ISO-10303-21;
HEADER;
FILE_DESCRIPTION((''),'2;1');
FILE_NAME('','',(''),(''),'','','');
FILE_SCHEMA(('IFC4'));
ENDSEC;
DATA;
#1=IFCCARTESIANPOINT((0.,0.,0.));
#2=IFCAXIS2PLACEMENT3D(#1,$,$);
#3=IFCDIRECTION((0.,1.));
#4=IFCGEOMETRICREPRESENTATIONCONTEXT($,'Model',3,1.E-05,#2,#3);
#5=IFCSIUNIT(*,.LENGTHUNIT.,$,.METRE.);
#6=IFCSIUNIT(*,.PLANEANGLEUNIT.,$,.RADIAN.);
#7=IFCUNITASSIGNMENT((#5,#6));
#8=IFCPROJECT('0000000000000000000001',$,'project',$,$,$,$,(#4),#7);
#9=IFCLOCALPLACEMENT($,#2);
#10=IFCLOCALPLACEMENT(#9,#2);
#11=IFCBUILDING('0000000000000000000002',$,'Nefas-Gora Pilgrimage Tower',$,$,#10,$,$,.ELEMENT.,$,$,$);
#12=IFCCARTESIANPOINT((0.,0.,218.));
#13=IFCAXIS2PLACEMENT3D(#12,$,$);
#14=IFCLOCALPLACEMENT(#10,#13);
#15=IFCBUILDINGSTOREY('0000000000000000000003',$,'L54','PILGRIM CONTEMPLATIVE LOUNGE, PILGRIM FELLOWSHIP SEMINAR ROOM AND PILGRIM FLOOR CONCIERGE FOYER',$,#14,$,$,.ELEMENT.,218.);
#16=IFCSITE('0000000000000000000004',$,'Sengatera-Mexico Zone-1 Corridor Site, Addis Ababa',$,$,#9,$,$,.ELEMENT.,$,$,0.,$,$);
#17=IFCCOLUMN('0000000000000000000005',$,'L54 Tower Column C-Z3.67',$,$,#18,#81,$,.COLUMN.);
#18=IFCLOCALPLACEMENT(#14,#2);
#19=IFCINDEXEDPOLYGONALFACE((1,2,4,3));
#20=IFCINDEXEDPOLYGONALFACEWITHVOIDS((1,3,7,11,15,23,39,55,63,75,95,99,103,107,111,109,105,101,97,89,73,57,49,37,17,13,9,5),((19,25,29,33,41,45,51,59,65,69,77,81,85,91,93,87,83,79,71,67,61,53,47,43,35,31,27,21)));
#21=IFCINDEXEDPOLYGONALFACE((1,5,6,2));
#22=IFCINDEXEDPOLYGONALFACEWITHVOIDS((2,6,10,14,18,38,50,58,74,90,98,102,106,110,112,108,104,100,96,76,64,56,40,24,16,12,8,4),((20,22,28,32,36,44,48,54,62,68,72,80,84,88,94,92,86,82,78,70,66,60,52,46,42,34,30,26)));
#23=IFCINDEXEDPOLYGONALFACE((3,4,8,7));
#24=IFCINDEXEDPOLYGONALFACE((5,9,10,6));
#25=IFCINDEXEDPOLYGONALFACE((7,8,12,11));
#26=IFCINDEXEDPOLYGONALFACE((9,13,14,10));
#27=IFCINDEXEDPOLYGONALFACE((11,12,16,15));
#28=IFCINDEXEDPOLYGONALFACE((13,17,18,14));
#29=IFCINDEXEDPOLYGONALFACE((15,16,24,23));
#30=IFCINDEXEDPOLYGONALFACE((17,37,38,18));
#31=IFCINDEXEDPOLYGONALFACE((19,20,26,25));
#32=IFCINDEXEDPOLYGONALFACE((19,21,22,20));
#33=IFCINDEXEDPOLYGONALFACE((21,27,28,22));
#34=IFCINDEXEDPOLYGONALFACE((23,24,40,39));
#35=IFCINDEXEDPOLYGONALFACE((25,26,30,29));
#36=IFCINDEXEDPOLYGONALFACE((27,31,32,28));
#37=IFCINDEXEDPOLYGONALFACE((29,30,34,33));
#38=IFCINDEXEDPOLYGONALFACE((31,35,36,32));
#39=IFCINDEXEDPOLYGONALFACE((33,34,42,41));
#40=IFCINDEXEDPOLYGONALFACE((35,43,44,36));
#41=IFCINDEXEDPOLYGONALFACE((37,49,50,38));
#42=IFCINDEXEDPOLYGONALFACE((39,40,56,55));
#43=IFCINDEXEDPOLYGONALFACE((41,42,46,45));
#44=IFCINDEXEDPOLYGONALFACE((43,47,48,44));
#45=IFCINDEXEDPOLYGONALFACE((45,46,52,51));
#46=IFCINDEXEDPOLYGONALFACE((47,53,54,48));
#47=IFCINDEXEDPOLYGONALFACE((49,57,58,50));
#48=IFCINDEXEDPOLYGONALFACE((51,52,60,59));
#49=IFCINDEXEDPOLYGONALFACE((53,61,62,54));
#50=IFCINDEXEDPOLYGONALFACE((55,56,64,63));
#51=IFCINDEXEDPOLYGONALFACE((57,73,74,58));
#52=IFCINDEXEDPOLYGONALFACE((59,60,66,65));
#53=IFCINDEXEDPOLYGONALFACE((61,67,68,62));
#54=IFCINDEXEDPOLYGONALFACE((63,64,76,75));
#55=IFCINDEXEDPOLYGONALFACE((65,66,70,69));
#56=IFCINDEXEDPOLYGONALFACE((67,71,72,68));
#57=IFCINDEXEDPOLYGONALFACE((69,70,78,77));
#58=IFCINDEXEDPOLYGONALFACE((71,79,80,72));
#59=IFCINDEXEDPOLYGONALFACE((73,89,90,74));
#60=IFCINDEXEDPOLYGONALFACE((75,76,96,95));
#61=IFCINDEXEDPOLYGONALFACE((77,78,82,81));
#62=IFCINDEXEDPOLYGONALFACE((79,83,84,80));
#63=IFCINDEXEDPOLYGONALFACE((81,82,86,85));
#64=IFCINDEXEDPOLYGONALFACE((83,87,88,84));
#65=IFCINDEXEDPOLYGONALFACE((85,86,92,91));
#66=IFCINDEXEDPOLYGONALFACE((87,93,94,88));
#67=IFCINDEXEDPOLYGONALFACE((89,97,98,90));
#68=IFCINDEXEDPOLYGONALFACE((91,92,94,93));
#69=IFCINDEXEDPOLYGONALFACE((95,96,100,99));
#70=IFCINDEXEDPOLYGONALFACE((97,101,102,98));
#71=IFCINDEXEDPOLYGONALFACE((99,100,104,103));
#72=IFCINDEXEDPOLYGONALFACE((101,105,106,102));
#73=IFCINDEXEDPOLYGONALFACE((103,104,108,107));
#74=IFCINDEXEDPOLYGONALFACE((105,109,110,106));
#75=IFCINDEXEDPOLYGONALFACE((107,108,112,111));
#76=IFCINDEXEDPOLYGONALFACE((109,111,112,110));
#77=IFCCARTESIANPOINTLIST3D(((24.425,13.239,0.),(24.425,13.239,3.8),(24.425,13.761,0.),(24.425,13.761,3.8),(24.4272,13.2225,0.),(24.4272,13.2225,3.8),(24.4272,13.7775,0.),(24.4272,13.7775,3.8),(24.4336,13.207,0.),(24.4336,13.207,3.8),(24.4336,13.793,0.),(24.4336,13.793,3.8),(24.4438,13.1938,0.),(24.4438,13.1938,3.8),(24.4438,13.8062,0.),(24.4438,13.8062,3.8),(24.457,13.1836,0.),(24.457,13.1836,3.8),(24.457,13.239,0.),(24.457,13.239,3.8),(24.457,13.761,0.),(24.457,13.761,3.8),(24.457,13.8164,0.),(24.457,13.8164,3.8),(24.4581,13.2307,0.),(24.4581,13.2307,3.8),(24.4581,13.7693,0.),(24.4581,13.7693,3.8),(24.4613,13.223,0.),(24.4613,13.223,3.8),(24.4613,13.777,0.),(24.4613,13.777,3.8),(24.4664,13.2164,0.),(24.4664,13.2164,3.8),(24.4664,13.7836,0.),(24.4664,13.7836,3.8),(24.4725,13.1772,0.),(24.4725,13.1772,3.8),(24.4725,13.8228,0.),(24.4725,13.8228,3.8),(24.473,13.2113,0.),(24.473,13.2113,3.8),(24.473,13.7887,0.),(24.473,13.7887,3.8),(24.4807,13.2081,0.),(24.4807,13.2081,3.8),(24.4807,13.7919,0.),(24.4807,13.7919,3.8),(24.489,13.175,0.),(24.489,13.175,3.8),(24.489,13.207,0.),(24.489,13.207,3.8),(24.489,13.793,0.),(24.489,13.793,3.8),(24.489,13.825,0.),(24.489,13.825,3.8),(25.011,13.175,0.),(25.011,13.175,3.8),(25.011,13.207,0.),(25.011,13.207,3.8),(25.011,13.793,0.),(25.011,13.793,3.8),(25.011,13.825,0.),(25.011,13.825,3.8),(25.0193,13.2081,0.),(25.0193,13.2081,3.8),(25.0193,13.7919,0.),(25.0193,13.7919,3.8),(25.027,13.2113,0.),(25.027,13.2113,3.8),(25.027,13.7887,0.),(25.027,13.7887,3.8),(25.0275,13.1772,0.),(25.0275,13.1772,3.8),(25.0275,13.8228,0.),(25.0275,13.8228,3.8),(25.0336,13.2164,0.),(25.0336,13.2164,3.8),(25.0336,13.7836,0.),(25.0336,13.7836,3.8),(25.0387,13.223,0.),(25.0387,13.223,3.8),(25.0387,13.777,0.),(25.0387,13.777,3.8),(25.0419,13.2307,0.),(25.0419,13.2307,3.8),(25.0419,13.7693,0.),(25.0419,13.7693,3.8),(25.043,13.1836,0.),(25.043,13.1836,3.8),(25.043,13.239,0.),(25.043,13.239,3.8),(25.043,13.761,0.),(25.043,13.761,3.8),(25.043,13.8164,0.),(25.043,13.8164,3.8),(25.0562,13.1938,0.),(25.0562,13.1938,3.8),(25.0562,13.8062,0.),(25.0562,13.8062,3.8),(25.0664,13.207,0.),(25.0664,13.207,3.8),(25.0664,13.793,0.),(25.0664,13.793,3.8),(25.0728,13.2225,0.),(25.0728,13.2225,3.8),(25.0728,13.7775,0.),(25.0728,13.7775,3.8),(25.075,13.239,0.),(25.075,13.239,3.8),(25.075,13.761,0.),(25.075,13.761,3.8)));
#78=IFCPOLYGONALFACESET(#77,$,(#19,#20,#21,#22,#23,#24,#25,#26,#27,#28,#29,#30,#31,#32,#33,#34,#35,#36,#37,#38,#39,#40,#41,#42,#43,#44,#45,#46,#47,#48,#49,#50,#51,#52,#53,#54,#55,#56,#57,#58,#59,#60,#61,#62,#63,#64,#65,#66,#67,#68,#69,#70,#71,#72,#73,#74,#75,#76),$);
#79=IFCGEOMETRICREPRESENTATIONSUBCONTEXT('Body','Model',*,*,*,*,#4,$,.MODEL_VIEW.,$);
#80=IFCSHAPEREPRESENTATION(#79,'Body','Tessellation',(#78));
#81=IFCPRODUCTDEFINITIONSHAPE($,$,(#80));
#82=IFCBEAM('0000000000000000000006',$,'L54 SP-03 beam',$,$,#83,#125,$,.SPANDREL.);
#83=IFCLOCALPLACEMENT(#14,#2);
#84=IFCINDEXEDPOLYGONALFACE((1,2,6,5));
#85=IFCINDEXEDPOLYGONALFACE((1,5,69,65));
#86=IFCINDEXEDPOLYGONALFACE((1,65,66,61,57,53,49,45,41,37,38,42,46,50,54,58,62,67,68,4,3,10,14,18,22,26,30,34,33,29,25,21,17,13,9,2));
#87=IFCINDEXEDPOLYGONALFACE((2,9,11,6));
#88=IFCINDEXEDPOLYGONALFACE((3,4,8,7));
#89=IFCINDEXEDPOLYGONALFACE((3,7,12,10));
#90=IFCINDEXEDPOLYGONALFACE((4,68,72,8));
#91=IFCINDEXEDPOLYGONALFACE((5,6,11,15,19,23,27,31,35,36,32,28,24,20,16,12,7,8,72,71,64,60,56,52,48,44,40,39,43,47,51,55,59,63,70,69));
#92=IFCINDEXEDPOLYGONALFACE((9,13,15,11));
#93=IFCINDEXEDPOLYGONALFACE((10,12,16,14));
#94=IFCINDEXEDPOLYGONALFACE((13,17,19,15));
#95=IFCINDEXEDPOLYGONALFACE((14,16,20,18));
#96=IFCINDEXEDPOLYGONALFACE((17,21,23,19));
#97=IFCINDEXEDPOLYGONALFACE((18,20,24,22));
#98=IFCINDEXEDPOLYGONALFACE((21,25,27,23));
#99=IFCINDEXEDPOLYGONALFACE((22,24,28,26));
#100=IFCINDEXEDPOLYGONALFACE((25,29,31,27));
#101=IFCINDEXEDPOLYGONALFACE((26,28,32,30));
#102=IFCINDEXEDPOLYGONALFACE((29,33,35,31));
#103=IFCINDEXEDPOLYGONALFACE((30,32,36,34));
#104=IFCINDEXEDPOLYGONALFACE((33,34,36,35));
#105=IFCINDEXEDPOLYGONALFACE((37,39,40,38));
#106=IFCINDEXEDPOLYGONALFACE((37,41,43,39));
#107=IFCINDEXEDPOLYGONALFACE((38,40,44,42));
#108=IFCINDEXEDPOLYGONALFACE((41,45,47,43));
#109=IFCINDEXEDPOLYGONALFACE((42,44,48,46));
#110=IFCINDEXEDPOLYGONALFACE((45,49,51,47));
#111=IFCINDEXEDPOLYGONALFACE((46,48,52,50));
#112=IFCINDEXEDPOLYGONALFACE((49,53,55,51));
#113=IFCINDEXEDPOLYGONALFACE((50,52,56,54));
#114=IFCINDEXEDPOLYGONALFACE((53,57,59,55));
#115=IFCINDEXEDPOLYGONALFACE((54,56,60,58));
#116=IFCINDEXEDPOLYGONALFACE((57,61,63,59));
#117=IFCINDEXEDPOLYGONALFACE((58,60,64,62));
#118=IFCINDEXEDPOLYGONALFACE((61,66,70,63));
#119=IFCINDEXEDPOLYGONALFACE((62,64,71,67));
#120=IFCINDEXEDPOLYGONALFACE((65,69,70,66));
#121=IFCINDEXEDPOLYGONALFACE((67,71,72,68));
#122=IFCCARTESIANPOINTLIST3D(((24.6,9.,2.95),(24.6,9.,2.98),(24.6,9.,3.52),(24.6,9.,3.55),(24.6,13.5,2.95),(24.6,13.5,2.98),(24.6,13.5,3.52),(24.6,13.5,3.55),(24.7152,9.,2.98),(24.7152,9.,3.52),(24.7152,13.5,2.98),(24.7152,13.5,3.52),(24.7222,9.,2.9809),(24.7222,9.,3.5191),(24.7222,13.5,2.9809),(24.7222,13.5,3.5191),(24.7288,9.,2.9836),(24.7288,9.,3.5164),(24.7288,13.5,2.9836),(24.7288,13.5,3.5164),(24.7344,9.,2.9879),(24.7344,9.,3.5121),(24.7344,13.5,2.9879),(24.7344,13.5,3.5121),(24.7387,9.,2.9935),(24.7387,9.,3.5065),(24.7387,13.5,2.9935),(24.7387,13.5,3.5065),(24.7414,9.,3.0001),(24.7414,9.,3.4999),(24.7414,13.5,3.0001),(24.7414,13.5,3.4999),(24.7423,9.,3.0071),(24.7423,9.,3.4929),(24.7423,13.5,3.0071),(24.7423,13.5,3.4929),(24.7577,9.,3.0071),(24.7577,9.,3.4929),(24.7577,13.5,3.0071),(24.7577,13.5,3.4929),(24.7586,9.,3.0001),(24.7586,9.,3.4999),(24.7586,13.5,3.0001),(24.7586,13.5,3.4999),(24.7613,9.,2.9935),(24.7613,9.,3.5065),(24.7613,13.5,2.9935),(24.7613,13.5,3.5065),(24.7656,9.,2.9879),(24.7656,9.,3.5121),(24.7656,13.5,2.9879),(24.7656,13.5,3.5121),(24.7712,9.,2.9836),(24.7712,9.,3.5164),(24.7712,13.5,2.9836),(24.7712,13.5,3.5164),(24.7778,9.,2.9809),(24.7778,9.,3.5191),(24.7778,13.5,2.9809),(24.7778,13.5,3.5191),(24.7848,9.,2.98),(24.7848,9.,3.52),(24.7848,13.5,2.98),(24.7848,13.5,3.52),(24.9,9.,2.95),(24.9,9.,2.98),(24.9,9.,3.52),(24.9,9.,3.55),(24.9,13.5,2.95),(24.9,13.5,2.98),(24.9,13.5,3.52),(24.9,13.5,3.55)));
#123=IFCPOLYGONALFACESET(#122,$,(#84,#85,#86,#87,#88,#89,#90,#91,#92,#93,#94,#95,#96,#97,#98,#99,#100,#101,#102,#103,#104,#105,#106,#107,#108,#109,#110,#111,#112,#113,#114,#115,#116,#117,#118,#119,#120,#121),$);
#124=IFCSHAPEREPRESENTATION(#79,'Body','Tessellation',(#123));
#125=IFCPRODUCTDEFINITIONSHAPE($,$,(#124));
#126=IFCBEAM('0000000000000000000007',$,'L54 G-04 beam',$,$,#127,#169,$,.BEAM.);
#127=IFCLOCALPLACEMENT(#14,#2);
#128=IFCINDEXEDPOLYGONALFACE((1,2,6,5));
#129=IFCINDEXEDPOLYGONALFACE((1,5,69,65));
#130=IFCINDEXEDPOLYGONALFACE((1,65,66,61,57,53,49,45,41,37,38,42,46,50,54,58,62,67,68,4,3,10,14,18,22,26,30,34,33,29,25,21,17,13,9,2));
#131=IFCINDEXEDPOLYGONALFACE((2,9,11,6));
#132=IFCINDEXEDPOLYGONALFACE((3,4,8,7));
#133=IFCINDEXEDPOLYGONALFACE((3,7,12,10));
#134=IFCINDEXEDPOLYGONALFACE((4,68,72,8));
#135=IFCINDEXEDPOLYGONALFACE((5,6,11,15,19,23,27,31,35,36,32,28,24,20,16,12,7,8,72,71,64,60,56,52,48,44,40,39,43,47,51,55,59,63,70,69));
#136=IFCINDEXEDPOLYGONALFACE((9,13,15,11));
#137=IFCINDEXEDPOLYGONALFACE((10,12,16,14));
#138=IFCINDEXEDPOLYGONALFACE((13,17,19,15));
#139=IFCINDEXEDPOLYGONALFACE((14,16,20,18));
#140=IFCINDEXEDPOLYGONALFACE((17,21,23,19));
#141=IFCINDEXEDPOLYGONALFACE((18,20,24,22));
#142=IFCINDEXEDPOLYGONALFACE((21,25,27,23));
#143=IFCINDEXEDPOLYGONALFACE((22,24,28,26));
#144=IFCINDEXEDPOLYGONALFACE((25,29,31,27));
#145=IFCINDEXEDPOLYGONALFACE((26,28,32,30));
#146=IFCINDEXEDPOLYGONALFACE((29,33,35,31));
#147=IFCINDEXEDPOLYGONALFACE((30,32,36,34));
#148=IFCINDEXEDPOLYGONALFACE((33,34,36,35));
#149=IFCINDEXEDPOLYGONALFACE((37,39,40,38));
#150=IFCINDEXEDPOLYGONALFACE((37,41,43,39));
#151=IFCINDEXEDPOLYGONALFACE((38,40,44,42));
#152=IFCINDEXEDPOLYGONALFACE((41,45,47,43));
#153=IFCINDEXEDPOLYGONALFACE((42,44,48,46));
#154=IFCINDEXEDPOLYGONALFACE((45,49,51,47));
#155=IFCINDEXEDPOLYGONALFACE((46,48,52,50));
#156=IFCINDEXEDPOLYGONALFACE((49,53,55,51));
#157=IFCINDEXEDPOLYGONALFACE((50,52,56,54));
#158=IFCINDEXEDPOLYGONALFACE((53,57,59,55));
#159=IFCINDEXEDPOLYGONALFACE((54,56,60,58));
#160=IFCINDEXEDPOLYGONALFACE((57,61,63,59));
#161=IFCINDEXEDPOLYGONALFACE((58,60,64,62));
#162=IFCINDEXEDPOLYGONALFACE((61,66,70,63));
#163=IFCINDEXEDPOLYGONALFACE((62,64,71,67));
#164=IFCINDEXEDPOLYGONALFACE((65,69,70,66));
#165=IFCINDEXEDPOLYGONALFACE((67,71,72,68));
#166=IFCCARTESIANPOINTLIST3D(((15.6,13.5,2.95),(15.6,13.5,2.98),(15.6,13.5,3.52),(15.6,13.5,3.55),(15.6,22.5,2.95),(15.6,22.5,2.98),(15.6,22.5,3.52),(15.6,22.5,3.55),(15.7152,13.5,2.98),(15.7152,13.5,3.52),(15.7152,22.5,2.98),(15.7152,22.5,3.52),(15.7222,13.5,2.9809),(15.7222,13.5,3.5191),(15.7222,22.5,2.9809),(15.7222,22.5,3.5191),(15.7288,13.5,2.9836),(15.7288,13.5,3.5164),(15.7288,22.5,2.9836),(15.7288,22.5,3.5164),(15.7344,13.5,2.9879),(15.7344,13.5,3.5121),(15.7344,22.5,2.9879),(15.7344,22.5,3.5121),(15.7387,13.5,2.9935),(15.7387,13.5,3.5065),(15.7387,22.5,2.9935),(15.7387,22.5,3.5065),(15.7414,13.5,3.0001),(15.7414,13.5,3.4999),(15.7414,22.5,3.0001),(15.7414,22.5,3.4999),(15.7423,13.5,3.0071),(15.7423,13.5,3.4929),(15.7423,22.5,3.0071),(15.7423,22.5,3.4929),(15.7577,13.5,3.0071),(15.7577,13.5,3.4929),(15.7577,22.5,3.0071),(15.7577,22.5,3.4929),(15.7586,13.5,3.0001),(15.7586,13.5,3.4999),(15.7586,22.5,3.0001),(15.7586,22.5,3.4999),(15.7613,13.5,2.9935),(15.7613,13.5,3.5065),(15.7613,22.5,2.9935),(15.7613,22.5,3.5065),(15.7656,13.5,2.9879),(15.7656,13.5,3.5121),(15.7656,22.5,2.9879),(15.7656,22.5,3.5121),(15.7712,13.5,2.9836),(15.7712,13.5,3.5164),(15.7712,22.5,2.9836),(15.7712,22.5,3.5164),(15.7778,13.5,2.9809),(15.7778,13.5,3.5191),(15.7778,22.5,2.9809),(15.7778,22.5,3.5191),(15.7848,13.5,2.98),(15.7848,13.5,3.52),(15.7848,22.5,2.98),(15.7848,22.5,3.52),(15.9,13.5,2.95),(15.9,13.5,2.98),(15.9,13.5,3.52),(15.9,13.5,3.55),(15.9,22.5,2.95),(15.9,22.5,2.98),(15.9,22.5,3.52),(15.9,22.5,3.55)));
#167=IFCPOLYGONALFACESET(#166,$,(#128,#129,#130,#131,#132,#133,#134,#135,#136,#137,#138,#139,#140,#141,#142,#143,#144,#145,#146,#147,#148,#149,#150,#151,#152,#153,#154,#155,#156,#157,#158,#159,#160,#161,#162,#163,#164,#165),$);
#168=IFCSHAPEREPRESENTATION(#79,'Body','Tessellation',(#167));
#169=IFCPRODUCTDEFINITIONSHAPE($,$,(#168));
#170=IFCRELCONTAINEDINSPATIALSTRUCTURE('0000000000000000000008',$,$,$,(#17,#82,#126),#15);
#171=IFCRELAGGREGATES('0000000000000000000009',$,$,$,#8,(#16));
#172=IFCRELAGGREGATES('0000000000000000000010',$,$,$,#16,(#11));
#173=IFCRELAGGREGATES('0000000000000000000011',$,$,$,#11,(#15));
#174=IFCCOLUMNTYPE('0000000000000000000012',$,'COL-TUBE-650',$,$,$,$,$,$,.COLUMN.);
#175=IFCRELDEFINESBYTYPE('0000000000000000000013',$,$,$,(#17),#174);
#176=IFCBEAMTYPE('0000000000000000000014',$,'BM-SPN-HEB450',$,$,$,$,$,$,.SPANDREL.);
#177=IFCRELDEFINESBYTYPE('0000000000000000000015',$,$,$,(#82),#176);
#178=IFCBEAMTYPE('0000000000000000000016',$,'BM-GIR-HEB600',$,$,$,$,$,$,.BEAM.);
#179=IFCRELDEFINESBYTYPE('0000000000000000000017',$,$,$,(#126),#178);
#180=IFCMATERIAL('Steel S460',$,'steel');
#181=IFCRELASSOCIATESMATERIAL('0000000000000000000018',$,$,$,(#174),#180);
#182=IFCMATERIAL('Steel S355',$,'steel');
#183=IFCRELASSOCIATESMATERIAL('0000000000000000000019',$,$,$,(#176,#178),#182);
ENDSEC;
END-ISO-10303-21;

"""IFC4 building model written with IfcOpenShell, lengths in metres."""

from ifc_helpers import new_model, si_unit, direction, frame, origin, origin_2d, place, context, subcontext, project, spatial, hollow_rectangle, i_section, extrude, source, transform, mapped, material, material_profile, profile_set, type_object, element, save


model = new_model("IFC4")

# Units and contexts
model_context = context("Model", 3, precision=1e-05, world=origin(), true_north=direction((0.0, 1.0)))
body_context = subcontext(model_context, "Body", "Model", "MODEL_VIEW")
ifc_project = project(units=[si_unit("LENGTHUNIT", "METRE"), si_unit("PLANEANGLEUNIT", "RADIAN")], contexts=[model_context])

# Site, building, storey
site_placement = place(None, origin())
site = spatial("IfcSite", under=ifc_project, at=site_placement, Name="Sengatera-Mexico Zone-1 Corridor Site, Addis Ababa", CompositionType="ELEMENT", RefElevation=0.0)
building_placement = place(site_placement, origin())
building = spatial("IfcBuilding", under=site, at=building_placement, Name="Nefas-Gora Pilgrimage Tower", CompositionType="ELEMENT")
storey_placement = place(building_placement, frame((0.0, 0.0, 218.0)))
storey = spatial("IfcBuildingStorey", under=building, at=storey_placement, Name="L54", Description="PILGRIM CONTEMPLATIVE LOUNGE, PILGRIM FELLOWSHIP SEMINAR ROOM AND PILGRIM FLOOR CONCIERGE FOYER", CompositionType="ELEMENT", Elevation=218.0)

# Column
ifc_material_1 = material(Name="Steel S460", Category="steel")
ifc_material_profile_1 = material_profile(ifc_material_1, hollow_rectangle(XDim=0.6499, YDim=0.6499, WallThickness=0.032, InnerFilletRadius=0.032, OuterFilletRadius=0.064, at=origin_2d()), Name="BOX 650x650x32")
ifc_profile_set_1 = profile_set([ifc_material_profile_1], Name="Steel S460")
column_type_1 = type_object("IfcColumnType", Name="COL-TUBE-650", PredefinedType="COLUMN", material=ifc_profile_set_1)
shared_shape_1 = source(origin(), body_context, "Body", "SweptSolid", [
    extrude(hollow_rectangle(XDim=0.6499, YDim=0.6499, WallThickness=0.032, InnerFilletRadius=0.032, OuterFilletRadius=0.064, at=origin_2d()), origin(), (0.0, 0.0, 1.0), 3.8),
])
for number, where, z_axis, x_axis, name in (
    (1, (24.75, 13.5, 0.0), (0.0, 0.0, 1.0), (1.0, 0.0, 0.0), "L54 Tower Column C-Z3.67"),
):
    element("IfcColumn", number, at=place(storey_placement, frame(where, z_axis=z_axis, x_axis=x_axis)), inside=storey, type_object=column_type_1, Name=name, PredefinedType="COLUMN", context=body_context, shape_type="MappedRepresentation", body=[
        mapped(shared_shape_1, transform((0.0, 0.0, 0.0), x_axis=(1.0, 0.0, 0.0), y_axis=(0.0, 1.0, 0.0), z_axis=(0.0, 0.0, 1.0), scale=1.0)),
    ])

# Beams
ifc_material_2 = material(Name="Steel S355", Category="steel")
ifc_material_profile_2 = material_profile(ifc_material_2, i_section(OverallWidth=0.3, OverallDepth=0.6001, WebThickness=0.0154, FlangeThickness=0.03, FilletRadius=0.0271, at=origin_2d()), Name="HEB 600")
ifc_profile_set_2 = profile_set([ifc_material_profile_2], Name="Steel S355")
beam_type_1 = type_object("IfcBeamType", Name="BM-SPN-HEB450", PredefinedType="SPANDREL", material=ifc_profile_set_2)
shared_shape_2 = source(origin(), body_context, "Body", "SweptSolid", [
    extrude(i_section(OverallWidth=0.3, OverallDepth=0.6001, WebThickness=0.0154, FlangeThickness=0.03, FilletRadius=0.0271, at=origin_2d()), origin(), (0.0, 0.0, 1.0), 4.5),
])
beam_1_placement = place(storey_placement, frame((24.75, 9.0, 3.25), z_axis=(0.0, 1.0, 0.0), x_axis=(-1.0, 0.0, 0.0)))
element("IfcBeam", 2, at=beam_1_placement, inside=storey, type_object=beam_type_1, Name="L54 SP-03 beam", PredefinedType="SPANDREL", context=body_context, shape_type="MappedRepresentation", body=[
    mapped(shared_shape_2, transform((0.0, 0.0, 0.0), x_axis=(1.0, 0.0, 0.0), y_axis=(0.0, 1.0, 0.0), z_axis=(0.0, 0.0, 1.0), scale=1.0)),
])
ifc_material_profile_3 = material_profile(ifc_material_2, i_section(OverallWidth=0.3, OverallDepth=0.6001, WebThickness=0.0154, FlangeThickness=0.03, FilletRadius=0.0271, at=origin_2d()), Name="HEB 600")
ifc_profile_set_3 = profile_set([ifc_material_profile_3], Name="Steel S355")
beam_type_2 = type_object("IfcBeamType", Name="BM-GIR-HEB600", PredefinedType="BEAM", material=ifc_profile_set_3)
shared_shape_3 = source(origin(), body_context, "Body", "SweptSolid", [
    extrude(i_section(OverallWidth=0.3, OverallDepth=0.6001, WebThickness=0.0154, FlangeThickness=0.03, FilletRadius=0.0271, at=origin_2d()), origin(), (0.0, 0.0, 1.0), 9.0),
])
beam_2_placement = place(storey_placement, frame((15.75, 13.5, 3.25), z_axis=(0.0, 1.0, 0.0), x_axis=(-1.0, 0.0, 0.0)))
element("IfcBeam", 3, at=beam_2_placement, inside=storey, type_object=beam_type_2, Name="L54 G-04 beam", PredefinedType="BEAM", context=body_context, shape_type="MappedRepresentation", body=[
    mapped(shared_shape_3, transform((0.0, 0.0, 0.0), x_axis=(1.0, 0.0, 0.0), y_axis=(0.0, 1.0, 0.0), z_axis=(0.0, 0.0, 1.0), scale=1.0)),
])

save(model, "model.ifc")
